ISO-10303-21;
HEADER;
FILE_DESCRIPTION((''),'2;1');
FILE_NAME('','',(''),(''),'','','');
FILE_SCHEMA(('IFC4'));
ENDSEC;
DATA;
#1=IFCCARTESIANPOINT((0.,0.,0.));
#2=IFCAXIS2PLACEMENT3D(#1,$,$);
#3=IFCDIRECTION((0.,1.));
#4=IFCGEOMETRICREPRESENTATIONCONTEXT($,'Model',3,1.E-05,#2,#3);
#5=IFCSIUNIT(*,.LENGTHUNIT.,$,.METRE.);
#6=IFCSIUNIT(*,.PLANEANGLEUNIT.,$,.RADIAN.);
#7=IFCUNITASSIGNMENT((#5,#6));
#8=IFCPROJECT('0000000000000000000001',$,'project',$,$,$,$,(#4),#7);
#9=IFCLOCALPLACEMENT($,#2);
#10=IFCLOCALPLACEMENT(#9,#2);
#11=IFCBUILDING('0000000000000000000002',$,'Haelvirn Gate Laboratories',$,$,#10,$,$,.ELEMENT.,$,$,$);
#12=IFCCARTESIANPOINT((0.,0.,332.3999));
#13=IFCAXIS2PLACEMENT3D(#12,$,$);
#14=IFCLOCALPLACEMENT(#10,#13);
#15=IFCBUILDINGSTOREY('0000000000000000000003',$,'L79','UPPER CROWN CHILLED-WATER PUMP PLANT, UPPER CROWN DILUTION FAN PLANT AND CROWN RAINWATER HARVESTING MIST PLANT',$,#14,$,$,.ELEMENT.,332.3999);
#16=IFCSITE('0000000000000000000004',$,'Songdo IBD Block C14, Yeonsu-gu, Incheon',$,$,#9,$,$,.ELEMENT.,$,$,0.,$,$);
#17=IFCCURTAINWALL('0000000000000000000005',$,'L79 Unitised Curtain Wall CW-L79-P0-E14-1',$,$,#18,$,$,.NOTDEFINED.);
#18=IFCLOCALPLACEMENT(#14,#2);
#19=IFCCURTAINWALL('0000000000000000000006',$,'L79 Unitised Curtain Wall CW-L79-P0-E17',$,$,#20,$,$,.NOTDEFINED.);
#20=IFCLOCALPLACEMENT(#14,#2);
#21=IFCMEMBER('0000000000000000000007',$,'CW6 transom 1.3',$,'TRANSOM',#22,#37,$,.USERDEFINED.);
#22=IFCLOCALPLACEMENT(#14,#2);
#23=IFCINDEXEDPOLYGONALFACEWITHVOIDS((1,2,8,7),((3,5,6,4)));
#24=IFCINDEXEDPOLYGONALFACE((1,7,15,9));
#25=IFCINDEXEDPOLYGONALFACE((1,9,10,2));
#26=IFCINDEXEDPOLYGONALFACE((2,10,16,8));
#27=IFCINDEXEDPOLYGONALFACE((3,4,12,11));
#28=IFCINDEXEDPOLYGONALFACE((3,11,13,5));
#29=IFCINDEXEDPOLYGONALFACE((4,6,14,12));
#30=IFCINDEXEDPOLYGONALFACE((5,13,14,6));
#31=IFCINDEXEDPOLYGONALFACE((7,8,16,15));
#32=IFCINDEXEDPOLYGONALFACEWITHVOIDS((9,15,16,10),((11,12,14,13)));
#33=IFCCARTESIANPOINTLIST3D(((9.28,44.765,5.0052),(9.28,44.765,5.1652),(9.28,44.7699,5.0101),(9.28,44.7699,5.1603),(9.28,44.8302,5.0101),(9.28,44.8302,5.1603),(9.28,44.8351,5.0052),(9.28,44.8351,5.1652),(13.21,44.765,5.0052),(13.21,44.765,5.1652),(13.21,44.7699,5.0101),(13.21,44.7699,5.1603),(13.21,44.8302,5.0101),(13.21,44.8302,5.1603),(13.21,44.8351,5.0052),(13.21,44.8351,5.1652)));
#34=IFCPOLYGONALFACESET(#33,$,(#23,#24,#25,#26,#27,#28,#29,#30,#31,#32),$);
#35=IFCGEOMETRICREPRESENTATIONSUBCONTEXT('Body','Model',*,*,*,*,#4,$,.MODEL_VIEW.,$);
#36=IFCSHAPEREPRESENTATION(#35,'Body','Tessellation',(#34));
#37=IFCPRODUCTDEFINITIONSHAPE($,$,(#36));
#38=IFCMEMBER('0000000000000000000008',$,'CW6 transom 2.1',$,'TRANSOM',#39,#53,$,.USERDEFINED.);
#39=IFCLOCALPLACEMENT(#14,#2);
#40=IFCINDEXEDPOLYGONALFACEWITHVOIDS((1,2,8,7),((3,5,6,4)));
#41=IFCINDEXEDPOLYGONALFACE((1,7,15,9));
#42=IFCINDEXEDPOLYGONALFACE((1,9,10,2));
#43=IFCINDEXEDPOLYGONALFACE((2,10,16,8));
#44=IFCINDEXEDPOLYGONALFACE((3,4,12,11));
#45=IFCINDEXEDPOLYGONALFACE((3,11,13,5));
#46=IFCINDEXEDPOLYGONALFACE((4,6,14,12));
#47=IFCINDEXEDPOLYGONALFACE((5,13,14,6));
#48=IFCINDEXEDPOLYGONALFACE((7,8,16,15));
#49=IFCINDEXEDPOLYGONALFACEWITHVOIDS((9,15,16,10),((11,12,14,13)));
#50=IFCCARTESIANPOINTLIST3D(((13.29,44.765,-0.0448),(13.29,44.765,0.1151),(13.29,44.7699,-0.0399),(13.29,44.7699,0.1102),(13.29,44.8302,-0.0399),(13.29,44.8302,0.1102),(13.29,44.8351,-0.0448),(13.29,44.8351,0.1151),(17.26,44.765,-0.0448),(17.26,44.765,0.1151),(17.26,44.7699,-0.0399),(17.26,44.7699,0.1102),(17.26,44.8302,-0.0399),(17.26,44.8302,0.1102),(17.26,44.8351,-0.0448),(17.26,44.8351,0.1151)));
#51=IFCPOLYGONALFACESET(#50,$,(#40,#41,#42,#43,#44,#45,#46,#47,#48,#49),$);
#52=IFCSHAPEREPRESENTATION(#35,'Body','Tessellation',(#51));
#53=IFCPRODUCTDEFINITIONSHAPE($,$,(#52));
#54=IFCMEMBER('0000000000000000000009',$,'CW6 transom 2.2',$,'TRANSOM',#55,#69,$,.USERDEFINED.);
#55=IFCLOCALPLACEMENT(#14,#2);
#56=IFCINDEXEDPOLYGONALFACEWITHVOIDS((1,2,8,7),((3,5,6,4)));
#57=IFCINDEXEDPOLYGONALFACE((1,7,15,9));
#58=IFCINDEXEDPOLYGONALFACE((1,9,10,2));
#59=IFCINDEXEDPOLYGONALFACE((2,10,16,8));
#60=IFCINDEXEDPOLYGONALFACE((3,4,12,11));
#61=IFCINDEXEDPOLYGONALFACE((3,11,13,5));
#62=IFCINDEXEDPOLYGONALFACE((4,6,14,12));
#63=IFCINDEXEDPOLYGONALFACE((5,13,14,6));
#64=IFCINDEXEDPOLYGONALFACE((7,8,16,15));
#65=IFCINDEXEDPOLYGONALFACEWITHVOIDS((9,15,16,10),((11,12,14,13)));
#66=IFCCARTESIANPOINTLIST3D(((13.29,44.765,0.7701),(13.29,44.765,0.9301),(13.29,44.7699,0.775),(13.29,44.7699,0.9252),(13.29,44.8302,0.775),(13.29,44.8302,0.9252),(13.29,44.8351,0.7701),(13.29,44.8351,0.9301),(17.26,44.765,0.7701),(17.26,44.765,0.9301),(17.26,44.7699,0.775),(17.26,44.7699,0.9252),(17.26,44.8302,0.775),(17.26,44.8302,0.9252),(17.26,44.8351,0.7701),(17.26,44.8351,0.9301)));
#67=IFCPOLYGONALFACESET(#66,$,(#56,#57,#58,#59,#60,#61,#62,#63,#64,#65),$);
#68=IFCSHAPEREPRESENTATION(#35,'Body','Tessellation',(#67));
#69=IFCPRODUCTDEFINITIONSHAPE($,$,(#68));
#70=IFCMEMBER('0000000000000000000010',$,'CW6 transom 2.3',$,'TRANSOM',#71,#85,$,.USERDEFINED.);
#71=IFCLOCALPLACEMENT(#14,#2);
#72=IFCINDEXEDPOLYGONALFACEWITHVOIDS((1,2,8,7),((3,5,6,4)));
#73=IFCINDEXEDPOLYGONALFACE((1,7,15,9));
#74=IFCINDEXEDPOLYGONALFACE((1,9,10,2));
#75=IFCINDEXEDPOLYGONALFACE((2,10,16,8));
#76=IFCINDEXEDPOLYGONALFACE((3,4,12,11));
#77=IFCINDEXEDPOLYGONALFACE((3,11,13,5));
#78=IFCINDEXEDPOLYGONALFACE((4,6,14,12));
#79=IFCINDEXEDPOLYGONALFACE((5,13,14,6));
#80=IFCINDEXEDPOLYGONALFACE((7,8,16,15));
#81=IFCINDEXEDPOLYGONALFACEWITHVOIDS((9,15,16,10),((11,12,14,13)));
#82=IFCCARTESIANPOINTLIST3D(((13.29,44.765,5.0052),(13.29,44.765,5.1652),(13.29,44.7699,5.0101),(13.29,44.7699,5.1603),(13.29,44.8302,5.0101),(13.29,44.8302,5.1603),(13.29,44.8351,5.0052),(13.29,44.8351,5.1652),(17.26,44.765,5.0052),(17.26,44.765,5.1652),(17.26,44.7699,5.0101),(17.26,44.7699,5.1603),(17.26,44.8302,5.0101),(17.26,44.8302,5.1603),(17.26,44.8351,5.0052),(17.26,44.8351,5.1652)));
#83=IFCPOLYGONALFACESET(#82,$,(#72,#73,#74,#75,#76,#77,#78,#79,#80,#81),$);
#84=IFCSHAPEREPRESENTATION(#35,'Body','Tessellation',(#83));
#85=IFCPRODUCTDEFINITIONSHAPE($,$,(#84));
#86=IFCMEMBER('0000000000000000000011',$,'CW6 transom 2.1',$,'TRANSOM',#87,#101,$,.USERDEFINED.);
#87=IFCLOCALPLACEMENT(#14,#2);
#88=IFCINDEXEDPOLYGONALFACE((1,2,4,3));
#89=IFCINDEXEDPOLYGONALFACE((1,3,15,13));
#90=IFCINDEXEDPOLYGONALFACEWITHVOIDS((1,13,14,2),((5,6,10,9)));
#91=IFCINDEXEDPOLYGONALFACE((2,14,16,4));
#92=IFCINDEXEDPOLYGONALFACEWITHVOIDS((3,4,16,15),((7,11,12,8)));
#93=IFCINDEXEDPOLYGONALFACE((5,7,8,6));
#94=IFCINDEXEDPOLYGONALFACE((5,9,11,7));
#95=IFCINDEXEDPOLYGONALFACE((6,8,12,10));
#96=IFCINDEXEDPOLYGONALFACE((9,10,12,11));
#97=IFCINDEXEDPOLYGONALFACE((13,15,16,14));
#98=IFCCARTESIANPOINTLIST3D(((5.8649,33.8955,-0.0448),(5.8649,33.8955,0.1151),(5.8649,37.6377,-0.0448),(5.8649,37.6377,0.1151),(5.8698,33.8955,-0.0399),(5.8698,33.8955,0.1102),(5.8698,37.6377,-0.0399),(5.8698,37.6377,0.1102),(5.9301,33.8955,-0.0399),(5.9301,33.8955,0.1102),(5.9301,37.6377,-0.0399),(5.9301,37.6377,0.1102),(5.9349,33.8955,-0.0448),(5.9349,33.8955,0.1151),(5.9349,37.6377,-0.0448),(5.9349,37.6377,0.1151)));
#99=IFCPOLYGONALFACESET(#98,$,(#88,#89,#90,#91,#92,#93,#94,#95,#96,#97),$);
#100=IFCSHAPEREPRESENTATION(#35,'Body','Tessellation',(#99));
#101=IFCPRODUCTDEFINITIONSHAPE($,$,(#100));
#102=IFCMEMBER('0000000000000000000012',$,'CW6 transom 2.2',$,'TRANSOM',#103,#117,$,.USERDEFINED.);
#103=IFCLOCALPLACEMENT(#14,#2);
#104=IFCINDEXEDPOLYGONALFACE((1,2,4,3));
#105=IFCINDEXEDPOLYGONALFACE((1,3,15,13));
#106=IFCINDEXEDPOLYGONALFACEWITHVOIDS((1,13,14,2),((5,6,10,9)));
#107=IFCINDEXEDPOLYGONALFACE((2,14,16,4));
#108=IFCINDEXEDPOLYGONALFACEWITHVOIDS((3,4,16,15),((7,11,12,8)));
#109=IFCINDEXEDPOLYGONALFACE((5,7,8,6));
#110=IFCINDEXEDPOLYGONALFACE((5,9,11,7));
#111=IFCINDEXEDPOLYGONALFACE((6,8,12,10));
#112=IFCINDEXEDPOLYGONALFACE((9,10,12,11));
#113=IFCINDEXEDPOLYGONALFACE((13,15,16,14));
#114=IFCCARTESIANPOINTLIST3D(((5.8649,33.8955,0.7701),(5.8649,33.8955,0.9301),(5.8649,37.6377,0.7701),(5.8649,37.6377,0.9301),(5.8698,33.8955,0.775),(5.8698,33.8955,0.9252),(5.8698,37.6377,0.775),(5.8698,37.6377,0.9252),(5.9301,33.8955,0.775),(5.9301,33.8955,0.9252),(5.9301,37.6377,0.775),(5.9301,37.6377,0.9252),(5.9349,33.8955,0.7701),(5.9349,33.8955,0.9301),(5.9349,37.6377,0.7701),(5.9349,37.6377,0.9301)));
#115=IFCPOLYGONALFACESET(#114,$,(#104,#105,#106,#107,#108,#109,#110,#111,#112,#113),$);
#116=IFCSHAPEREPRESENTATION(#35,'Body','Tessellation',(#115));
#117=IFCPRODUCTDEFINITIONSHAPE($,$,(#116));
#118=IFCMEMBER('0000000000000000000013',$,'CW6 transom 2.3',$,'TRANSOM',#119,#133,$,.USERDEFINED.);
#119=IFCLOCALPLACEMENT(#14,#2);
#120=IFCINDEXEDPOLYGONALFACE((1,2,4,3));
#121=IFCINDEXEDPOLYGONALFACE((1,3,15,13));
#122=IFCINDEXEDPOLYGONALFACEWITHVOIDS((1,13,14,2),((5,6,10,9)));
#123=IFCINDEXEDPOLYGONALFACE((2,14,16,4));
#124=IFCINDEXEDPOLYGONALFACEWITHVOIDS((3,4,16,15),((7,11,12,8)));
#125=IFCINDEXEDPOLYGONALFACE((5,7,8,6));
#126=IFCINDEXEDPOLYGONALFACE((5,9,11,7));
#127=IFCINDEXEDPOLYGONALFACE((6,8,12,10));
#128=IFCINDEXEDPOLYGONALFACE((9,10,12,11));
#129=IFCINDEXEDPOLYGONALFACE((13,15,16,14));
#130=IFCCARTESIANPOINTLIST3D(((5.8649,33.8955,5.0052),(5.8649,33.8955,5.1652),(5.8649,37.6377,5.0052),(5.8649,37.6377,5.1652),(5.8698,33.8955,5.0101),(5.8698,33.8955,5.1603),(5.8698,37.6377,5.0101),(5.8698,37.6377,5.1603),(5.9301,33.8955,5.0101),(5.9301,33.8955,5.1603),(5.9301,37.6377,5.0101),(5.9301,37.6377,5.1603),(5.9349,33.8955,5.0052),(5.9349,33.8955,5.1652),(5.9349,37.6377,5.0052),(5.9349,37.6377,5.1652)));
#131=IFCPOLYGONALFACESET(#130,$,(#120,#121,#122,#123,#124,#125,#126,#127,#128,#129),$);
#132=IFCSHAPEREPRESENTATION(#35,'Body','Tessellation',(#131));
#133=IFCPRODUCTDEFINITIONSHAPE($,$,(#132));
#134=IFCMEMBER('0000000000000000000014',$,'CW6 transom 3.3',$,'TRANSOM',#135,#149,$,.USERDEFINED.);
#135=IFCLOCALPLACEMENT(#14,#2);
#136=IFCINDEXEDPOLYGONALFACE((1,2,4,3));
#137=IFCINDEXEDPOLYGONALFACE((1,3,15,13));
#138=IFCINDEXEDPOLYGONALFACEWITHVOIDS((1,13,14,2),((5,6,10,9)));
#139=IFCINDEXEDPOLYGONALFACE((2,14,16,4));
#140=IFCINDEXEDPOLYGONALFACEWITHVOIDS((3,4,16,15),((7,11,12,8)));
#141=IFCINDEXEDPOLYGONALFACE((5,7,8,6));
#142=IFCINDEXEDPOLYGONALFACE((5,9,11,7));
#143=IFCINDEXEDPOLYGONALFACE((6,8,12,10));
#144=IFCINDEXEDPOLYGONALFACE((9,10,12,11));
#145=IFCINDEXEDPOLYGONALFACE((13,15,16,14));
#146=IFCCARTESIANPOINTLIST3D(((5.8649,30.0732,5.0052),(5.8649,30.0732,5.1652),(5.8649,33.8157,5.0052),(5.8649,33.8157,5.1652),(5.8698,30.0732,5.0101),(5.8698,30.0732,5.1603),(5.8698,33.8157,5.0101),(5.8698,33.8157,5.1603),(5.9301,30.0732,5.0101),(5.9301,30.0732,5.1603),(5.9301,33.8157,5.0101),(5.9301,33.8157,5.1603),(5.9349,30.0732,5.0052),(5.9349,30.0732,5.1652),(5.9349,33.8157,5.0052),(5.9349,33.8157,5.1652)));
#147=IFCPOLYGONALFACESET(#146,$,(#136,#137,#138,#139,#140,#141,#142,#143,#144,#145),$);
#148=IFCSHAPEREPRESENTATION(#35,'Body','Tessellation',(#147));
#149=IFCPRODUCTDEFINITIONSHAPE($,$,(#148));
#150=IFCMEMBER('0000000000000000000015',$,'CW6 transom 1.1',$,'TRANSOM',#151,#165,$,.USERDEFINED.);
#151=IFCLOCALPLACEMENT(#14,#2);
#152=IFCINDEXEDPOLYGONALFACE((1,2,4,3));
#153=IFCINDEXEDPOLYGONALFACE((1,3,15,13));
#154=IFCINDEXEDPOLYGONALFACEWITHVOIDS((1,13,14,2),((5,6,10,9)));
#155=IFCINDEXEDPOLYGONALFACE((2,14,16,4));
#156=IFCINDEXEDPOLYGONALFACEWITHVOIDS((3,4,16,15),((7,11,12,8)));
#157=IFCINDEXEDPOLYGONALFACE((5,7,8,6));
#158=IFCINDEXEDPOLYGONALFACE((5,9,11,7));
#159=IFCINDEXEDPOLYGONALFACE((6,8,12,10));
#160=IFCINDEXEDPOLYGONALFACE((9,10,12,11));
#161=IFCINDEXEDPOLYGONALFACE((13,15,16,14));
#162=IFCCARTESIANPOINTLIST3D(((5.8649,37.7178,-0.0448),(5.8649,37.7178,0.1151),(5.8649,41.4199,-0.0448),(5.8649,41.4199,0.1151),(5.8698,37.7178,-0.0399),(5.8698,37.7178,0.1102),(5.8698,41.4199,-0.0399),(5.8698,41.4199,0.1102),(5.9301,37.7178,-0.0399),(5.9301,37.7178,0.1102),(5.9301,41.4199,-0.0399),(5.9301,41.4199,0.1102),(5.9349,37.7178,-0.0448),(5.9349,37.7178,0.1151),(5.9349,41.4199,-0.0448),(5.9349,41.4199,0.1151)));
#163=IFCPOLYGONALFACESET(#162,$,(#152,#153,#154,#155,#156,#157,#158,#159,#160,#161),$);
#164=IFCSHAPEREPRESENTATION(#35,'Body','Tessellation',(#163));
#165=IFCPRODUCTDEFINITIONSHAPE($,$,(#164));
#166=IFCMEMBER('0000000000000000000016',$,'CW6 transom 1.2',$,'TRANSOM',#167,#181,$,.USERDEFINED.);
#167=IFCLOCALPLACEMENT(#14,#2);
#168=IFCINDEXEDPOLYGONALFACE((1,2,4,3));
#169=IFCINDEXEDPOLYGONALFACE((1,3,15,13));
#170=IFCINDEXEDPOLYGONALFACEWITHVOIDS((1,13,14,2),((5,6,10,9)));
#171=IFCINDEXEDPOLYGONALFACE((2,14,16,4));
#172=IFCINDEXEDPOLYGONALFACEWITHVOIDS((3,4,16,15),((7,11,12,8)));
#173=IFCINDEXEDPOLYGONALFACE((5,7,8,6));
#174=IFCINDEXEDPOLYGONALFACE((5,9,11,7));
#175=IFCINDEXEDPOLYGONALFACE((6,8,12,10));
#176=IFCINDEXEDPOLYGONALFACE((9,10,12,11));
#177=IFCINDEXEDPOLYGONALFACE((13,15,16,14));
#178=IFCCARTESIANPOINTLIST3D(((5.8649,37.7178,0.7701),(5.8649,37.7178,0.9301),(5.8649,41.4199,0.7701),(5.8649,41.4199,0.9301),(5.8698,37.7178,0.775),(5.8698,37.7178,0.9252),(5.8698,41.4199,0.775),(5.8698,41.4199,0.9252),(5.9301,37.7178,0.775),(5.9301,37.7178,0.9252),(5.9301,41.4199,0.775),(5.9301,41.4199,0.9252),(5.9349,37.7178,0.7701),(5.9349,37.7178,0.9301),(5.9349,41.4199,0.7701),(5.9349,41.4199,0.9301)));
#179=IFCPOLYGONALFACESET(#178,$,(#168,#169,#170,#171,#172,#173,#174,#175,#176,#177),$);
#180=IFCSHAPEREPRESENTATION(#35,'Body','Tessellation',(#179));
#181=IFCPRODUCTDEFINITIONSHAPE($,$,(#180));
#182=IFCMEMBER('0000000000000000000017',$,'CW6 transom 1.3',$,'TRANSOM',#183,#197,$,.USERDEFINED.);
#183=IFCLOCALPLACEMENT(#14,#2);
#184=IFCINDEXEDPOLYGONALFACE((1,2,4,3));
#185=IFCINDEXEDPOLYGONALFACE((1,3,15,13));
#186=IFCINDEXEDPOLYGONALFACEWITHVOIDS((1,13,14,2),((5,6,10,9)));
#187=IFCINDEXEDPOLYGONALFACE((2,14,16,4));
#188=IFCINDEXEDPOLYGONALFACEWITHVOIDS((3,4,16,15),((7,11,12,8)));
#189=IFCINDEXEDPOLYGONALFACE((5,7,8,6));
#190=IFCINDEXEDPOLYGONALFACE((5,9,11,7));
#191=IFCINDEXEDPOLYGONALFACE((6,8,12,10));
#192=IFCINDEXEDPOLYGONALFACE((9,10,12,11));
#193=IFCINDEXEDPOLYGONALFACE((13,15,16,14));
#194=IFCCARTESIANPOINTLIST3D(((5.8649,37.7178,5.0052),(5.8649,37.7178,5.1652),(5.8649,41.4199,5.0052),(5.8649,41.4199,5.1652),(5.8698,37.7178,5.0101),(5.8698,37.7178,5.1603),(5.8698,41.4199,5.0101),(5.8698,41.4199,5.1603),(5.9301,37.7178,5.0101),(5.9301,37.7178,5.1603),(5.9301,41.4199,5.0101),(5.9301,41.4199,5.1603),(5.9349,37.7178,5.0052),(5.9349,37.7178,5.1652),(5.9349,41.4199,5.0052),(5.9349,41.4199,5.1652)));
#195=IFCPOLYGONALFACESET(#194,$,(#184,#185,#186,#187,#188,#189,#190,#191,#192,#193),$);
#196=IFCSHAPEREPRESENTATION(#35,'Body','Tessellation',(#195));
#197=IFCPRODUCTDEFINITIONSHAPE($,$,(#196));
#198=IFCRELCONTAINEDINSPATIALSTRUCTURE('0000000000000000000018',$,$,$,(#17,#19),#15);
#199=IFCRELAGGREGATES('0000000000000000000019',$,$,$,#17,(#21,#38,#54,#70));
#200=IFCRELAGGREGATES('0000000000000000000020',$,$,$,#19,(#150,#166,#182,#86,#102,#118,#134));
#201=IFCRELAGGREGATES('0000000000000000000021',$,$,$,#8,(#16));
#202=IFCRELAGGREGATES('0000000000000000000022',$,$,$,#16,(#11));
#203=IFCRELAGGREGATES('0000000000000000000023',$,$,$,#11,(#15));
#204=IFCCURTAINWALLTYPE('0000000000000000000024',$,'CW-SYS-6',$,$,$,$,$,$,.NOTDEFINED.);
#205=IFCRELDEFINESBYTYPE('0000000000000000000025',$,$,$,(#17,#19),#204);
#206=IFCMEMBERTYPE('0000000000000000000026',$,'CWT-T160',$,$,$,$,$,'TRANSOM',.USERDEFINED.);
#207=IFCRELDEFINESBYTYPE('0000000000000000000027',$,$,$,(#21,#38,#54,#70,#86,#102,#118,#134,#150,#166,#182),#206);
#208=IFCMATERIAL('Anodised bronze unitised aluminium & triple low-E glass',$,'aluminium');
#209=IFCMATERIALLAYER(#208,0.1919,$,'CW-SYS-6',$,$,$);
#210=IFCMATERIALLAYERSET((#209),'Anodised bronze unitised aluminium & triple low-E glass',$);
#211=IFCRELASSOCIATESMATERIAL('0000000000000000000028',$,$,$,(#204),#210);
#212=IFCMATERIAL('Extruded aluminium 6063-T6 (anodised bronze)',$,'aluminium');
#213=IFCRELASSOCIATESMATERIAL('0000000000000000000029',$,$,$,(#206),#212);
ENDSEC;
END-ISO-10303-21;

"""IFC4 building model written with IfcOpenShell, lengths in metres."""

from ifc_helpers import new_model, si_unit, direction, frame, origin, origin_2d, place, context, subcontext, project, spatial, hollow_rectangle, extrude, source, transform, mapped, material, layer, layer_set, material_profile, profile_set, type_object, type_shapes, element, aggregate, save


model = new_model("IFC4")

# Units and contexts
model_context = context("Model", 3, precision=1e-05, world=origin(), true_north=direction((0.0, 1.0)))
body_context = subcontext(model_context, "Body", "Model", "MODEL_VIEW")
ifc_project = project(units=[si_unit("LENGTHUNIT", "METRE"), si_unit("PLANEANGLEUNIT", "RADIAN")], contexts=[model_context])

# Site, building, storey
site_placement = place(None, origin())
site = spatial("IfcSite", under=ifc_project, at=site_placement, Name="Songdo IBD Block C14, Yeonsu-gu, Incheon", CompositionType="ELEMENT", RefElevation=0.0)
building_placement = place(site_placement, origin())
building = spatial("IfcBuilding", under=site, at=building_placement, Name="Haelvirn Gate Laboratories", CompositionType="ELEMENT")
storey_placement = place(building_placement, frame((0.0, 0.0, 332.3999)))
storey = spatial("IfcBuildingStorey", under=building, at=storey_placement, Name="L79", Description="UPPER CROWN CHILLED-WATER PUMP PLANT, UPPER CROWN DILUTION FAN PLANT AND CROWN RAINWATER HARVESTING MIST PLANT", CompositionType="ELEMENT", Elevation=332.3999)

# Curtain wall
ifc_material_1 = material(Name="Anodised bronze unitised aluminium & triple low-E glass", Category="aluminium")
ifc_material_2 = material(Name="Extruded aluminium 6063-T6 (anodised bronze)", Category="aluminium")
ifc_layer_1 = layer(ifc_material_1, 0.1919, Name="CW-SYS-6")
ifc_layer_set_1 = layer_set([ifc_layer_1], Name="Anodised bronze unitised aluminium & triple low-E glass")
curtain_wall_type_1 = type_object("IfcCurtainWallType", Name="CW-SYS-6", PredefinedType="NOTDEFINED", material=ifc_layer_set_1)
curtain_wall_1_placement = place(storey_placement, origin())
curtain_wall_1 = element("IfcCurtainWall", 1, at=curtain_wall_1_placement, inside=storey, type_object=curtain_wall_type_1, Name="L79 Unitised Curtain Wall CW-L79-P0-E14-1", PredefinedType="NOTDEFINED")

# Curtain wall
curtain_wall_2_placement = place(storey_placement, origin())
curtain_wall_2 = element("IfcCurtainWall", 2, at=curtain_wall_2_placement, inside=storey, type_object=curtain_wall_type_1, Name="L79 Unitised Curtain Wall CW-L79-P0-E17", PredefinedType="NOTDEFINED")

# Members
ifc_material_profile_1 = material_profile(ifc_material_2, hollow_rectangle(XDim=0.0701, YDim=0.1599, WallThickness=0.0049, at=origin_2d()), Name="CWT-160x70x5")
ifc_profile_set_1 = profile_set([ifc_material_profile_1], Name="Extruded aluminium 6063-T6 (anodised bronze)")
member_type_1 = type_object("IfcMemberType", Name="CWT-T160", ElementType="TRANSOM", PredefinedType="USERDEFINED", material=ifc_profile_set_1)
shared_shape_1 = source(origin(), body_context, "Body", "SweptSolid", [
    extrude(hollow_rectangle(XDim=0.0701, YDim=0.1599, WallThickness=0.0049, at=origin_2d()), origin(), (0.0, 0.0, 1.0), 3.9299),
])
member_1_placement = place(storey_placement, frame((9.28, 44.8, 5.0852), z_axis=(1.0, 0.0, 0.0), x_axis=(0.0, 1.0, 0.0)))
member_1 = element("IfcMember", 3, at=member_1_placement, type_object=member_type_1, Name="CW6 transom 1.3", ObjectType="TRANSOM", PredefinedType="USERDEFINED", context=body_context, shape_type="MappedRepresentation", body=[
    mapped(shared_shape_1, transform((0.0, 0.0, 0.0), scale=1.0)),
])
shared_shape_2 = source(origin(), body_context, "Body", "SweptSolid", [
    extrude(hollow_rectangle(XDim=0.0701, YDim=0.1599, WallThickness=0.0049, at=origin_2d()), origin(), (0.0, 0.0, 1.0), 3.97),
])
member_2_placement = place(storey_placement, frame((13.29, 44.8, 0.0352), z_axis=(1.0, 0.0, 0.0), x_axis=(0.0, 1.0, 0.0)))
member_2 = element("IfcMember", 4, at=member_2_placement, type_object=member_type_1, Name="CW6 transom 2.1", ObjectType="TRANSOM", PredefinedType="USERDEFINED", context=body_context, shape_type="MappedRepresentation", body=[
    mapped(shared_shape_2, transform((0.0, 0.0, 0.0), scale=1.0)),
])
member_3_placement = place(storey_placement, frame((13.29, 44.8, 0.8501), z_axis=(1.0, 0.0, 0.0), x_axis=(0.0, 1.0, 0.0)))
member_3 = element("IfcMember", 5, at=member_3_placement, type_object=member_type_1, Name="CW6 transom 2.2", ObjectType="TRANSOM", PredefinedType="USERDEFINED", context=body_context, shape_type="MappedRepresentation", body=[
    mapped(shared_shape_2, transform((0.0, 0.0, 0.0), scale=1.0)),
])
member_4_placement = place(storey_placement, frame((13.29, 44.8, 5.0852), z_axis=(1.0, 0.0, 0.0), x_axis=(0.0, 1.0, 0.0)))
member_4 = element("IfcMember", 6, at=member_4_placement, type_object=member_type_1, Name="CW6 transom 2.3", ObjectType="TRANSOM", PredefinedType="USERDEFINED", context=body_context, shape_type="MappedRepresentation", body=[
    mapped(shared_shape_2, transform((0.0, 0.0, 0.0), scale=1.0)),
])
shared_shape_3 = source(origin(), body_context, "Body", "SweptSolid", [
    extrude(hollow_rectangle(XDim=0.0701, YDim=0.1599, WallThickness=0.0049, at=origin_2d()), origin(), (0.0, 0.0, 1.0), 3.7422),
])
member_5_placement = place(storey_placement, frame((5.8999, 37.6377, 0.0352), z_axis=(0.0, -1.0, 0.0), x_axis=(1.0, 0.0, 0.0)))
member_5 = element("IfcMember", 7, at=member_5_placement, type_object=member_type_1, Name="CW6 transom 2.1", ObjectType="TRANSOM", PredefinedType="USERDEFINED", context=body_context, shape_type="MappedRepresentation", body=[
    mapped(shared_shape_3, transform((0.0, 0.0, 0.0), scale=1.0)),
])
member_6_placement = place(storey_placement, frame((5.8999, 37.6377, 0.8501), z_axis=(0.0, -1.0, 0.0), x_axis=(1.0, 0.0, 0.0)))
member_6 = element("IfcMember", 8, at=member_6_placement, type_object=member_type_1, Name="CW6 transom 2.2", ObjectType="TRANSOM", PredefinedType="USERDEFINED", context=body_context, shape_type="MappedRepresentation", body=[
    mapped(shared_shape_3, transform((0.0, 0.0, 0.0), scale=1.0)),
])
member_7_placement = place(storey_placement, frame((5.8999, 37.6377, 5.0852), z_axis=(0.0, -1.0, 0.0), x_axis=(1.0, 0.0, 0.0)))
member_7 = element("IfcMember", 9, at=member_7_placement, type_object=member_type_1, Name="CW6 transom 2.3", ObjectType="TRANSOM", PredefinedType="USERDEFINED", context=body_context, shape_type="MappedRepresentation", body=[
    mapped(shared_shape_3, transform((0.0, 0.0, 0.0), scale=1.0)),
])
shared_shape_4 = source(origin(), body_context, "Body", "SweptSolid", [
    extrude(hollow_rectangle(XDim=0.0701, YDim=0.1599, WallThickness=0.0049, at=origin_2d()), origin(), (0.0, 0.0, 1.0), 3.7424),
])
member_8_placement = place(storey_placement, frame((5.8999, 33.8157, 5.0852), z_axis=(0.0, -1.0, 0.0), x_axis=(1.0, 0.0, 0.0)))
member_8 = element("IfcMember", 10, at=member_8_placement, type_object=member_type_1, Name="CW6 transom 3.3", ObjectType="TRANSOM", PredefinedType="USERDEFINED", context=body_context, shape_type="MappedRepresentation", body=[
    mapped(shared_shape_4, transform((0.0, 0.0, 0.0), scale=1.0)),
])
shared_shape_5 = source(origin(), body_context, "Body", "SweptSolid", [
    extrude(hollow_rectangle(XDim=0.0701, YDim=0.1599, WallThickness=0.0049, at=origin_2d()), origin(), (0.0, 0.0, 1.0), 3.7021),
])
type_shapes(member_type_1, [shared_shape_1, shared_shape_2, shared_shape_3, shared_shape_4, shared_shape_5])
member_9_placement = place(storey_placement, frame((5.8999, 41.4199, 0.0352), z_axis=(0.0, -1.0, 0.0), x_axis=(1.0, 0.0, 0.0)))
member_9 = element("IfcMember", 11, at=member_9_placement, type_object=member_type_1, Name="CW6 transom 1.1", ObjectType="TRANSOM", PredefinedType="USERDEFINED", context=body_context, shape_type="MappedRepresentation", body=[
    mapped(shared_shape_5, transform((0.0, 0.0, 0.0), scale=1.0)),
])
member_10_placement = place(storey_placement, frame((5.8999, 41.4199, 0.8501), z_axis=(0.0, -1.0, 0.0), x_axis=(1.0, 0.0, 0.0)))
member_10 = element("IfcMember", 12, at=member_10_placement, type_object=member_type_1, Name="CW6 transom 1.2", ObjectType="TRANSOM", PredefinedType="USERDEFINED", context=body_context, shape_type="MappedRepresentation", body=[
    mapped(shared_shape_5, transform((0.0, 0.0, 0.0), scale=1.0)),
])
member_11_placement = place(storey_placement, frame((5.8999, 41.4199, 5.0852), z_axis=(0.0, -1.0, 0.0), x_axis=(1.0, 0.0, 0.0)))
member_11 = element("IfcMember", 13, at=member_11_placement, type_object=member_type_1, Name="CW6 transom 1.3", ObjectType="TRANSOM", PredefinedType="USERDEFINED", context=body_context, shape_type="MappedRepresentation", body=[
    mapped(shared_shape_5, transform((0.0, 0.0, 0.0), scale=1.0)),
])

aggregate(curtain_wall_1, [member_1, member_2, member_3, member_4])
aggregate(curtain_wall_2, [member_9, member_10, member_11, member_5, member_6, member_7, member_8])

save(model, "model.ifc")
